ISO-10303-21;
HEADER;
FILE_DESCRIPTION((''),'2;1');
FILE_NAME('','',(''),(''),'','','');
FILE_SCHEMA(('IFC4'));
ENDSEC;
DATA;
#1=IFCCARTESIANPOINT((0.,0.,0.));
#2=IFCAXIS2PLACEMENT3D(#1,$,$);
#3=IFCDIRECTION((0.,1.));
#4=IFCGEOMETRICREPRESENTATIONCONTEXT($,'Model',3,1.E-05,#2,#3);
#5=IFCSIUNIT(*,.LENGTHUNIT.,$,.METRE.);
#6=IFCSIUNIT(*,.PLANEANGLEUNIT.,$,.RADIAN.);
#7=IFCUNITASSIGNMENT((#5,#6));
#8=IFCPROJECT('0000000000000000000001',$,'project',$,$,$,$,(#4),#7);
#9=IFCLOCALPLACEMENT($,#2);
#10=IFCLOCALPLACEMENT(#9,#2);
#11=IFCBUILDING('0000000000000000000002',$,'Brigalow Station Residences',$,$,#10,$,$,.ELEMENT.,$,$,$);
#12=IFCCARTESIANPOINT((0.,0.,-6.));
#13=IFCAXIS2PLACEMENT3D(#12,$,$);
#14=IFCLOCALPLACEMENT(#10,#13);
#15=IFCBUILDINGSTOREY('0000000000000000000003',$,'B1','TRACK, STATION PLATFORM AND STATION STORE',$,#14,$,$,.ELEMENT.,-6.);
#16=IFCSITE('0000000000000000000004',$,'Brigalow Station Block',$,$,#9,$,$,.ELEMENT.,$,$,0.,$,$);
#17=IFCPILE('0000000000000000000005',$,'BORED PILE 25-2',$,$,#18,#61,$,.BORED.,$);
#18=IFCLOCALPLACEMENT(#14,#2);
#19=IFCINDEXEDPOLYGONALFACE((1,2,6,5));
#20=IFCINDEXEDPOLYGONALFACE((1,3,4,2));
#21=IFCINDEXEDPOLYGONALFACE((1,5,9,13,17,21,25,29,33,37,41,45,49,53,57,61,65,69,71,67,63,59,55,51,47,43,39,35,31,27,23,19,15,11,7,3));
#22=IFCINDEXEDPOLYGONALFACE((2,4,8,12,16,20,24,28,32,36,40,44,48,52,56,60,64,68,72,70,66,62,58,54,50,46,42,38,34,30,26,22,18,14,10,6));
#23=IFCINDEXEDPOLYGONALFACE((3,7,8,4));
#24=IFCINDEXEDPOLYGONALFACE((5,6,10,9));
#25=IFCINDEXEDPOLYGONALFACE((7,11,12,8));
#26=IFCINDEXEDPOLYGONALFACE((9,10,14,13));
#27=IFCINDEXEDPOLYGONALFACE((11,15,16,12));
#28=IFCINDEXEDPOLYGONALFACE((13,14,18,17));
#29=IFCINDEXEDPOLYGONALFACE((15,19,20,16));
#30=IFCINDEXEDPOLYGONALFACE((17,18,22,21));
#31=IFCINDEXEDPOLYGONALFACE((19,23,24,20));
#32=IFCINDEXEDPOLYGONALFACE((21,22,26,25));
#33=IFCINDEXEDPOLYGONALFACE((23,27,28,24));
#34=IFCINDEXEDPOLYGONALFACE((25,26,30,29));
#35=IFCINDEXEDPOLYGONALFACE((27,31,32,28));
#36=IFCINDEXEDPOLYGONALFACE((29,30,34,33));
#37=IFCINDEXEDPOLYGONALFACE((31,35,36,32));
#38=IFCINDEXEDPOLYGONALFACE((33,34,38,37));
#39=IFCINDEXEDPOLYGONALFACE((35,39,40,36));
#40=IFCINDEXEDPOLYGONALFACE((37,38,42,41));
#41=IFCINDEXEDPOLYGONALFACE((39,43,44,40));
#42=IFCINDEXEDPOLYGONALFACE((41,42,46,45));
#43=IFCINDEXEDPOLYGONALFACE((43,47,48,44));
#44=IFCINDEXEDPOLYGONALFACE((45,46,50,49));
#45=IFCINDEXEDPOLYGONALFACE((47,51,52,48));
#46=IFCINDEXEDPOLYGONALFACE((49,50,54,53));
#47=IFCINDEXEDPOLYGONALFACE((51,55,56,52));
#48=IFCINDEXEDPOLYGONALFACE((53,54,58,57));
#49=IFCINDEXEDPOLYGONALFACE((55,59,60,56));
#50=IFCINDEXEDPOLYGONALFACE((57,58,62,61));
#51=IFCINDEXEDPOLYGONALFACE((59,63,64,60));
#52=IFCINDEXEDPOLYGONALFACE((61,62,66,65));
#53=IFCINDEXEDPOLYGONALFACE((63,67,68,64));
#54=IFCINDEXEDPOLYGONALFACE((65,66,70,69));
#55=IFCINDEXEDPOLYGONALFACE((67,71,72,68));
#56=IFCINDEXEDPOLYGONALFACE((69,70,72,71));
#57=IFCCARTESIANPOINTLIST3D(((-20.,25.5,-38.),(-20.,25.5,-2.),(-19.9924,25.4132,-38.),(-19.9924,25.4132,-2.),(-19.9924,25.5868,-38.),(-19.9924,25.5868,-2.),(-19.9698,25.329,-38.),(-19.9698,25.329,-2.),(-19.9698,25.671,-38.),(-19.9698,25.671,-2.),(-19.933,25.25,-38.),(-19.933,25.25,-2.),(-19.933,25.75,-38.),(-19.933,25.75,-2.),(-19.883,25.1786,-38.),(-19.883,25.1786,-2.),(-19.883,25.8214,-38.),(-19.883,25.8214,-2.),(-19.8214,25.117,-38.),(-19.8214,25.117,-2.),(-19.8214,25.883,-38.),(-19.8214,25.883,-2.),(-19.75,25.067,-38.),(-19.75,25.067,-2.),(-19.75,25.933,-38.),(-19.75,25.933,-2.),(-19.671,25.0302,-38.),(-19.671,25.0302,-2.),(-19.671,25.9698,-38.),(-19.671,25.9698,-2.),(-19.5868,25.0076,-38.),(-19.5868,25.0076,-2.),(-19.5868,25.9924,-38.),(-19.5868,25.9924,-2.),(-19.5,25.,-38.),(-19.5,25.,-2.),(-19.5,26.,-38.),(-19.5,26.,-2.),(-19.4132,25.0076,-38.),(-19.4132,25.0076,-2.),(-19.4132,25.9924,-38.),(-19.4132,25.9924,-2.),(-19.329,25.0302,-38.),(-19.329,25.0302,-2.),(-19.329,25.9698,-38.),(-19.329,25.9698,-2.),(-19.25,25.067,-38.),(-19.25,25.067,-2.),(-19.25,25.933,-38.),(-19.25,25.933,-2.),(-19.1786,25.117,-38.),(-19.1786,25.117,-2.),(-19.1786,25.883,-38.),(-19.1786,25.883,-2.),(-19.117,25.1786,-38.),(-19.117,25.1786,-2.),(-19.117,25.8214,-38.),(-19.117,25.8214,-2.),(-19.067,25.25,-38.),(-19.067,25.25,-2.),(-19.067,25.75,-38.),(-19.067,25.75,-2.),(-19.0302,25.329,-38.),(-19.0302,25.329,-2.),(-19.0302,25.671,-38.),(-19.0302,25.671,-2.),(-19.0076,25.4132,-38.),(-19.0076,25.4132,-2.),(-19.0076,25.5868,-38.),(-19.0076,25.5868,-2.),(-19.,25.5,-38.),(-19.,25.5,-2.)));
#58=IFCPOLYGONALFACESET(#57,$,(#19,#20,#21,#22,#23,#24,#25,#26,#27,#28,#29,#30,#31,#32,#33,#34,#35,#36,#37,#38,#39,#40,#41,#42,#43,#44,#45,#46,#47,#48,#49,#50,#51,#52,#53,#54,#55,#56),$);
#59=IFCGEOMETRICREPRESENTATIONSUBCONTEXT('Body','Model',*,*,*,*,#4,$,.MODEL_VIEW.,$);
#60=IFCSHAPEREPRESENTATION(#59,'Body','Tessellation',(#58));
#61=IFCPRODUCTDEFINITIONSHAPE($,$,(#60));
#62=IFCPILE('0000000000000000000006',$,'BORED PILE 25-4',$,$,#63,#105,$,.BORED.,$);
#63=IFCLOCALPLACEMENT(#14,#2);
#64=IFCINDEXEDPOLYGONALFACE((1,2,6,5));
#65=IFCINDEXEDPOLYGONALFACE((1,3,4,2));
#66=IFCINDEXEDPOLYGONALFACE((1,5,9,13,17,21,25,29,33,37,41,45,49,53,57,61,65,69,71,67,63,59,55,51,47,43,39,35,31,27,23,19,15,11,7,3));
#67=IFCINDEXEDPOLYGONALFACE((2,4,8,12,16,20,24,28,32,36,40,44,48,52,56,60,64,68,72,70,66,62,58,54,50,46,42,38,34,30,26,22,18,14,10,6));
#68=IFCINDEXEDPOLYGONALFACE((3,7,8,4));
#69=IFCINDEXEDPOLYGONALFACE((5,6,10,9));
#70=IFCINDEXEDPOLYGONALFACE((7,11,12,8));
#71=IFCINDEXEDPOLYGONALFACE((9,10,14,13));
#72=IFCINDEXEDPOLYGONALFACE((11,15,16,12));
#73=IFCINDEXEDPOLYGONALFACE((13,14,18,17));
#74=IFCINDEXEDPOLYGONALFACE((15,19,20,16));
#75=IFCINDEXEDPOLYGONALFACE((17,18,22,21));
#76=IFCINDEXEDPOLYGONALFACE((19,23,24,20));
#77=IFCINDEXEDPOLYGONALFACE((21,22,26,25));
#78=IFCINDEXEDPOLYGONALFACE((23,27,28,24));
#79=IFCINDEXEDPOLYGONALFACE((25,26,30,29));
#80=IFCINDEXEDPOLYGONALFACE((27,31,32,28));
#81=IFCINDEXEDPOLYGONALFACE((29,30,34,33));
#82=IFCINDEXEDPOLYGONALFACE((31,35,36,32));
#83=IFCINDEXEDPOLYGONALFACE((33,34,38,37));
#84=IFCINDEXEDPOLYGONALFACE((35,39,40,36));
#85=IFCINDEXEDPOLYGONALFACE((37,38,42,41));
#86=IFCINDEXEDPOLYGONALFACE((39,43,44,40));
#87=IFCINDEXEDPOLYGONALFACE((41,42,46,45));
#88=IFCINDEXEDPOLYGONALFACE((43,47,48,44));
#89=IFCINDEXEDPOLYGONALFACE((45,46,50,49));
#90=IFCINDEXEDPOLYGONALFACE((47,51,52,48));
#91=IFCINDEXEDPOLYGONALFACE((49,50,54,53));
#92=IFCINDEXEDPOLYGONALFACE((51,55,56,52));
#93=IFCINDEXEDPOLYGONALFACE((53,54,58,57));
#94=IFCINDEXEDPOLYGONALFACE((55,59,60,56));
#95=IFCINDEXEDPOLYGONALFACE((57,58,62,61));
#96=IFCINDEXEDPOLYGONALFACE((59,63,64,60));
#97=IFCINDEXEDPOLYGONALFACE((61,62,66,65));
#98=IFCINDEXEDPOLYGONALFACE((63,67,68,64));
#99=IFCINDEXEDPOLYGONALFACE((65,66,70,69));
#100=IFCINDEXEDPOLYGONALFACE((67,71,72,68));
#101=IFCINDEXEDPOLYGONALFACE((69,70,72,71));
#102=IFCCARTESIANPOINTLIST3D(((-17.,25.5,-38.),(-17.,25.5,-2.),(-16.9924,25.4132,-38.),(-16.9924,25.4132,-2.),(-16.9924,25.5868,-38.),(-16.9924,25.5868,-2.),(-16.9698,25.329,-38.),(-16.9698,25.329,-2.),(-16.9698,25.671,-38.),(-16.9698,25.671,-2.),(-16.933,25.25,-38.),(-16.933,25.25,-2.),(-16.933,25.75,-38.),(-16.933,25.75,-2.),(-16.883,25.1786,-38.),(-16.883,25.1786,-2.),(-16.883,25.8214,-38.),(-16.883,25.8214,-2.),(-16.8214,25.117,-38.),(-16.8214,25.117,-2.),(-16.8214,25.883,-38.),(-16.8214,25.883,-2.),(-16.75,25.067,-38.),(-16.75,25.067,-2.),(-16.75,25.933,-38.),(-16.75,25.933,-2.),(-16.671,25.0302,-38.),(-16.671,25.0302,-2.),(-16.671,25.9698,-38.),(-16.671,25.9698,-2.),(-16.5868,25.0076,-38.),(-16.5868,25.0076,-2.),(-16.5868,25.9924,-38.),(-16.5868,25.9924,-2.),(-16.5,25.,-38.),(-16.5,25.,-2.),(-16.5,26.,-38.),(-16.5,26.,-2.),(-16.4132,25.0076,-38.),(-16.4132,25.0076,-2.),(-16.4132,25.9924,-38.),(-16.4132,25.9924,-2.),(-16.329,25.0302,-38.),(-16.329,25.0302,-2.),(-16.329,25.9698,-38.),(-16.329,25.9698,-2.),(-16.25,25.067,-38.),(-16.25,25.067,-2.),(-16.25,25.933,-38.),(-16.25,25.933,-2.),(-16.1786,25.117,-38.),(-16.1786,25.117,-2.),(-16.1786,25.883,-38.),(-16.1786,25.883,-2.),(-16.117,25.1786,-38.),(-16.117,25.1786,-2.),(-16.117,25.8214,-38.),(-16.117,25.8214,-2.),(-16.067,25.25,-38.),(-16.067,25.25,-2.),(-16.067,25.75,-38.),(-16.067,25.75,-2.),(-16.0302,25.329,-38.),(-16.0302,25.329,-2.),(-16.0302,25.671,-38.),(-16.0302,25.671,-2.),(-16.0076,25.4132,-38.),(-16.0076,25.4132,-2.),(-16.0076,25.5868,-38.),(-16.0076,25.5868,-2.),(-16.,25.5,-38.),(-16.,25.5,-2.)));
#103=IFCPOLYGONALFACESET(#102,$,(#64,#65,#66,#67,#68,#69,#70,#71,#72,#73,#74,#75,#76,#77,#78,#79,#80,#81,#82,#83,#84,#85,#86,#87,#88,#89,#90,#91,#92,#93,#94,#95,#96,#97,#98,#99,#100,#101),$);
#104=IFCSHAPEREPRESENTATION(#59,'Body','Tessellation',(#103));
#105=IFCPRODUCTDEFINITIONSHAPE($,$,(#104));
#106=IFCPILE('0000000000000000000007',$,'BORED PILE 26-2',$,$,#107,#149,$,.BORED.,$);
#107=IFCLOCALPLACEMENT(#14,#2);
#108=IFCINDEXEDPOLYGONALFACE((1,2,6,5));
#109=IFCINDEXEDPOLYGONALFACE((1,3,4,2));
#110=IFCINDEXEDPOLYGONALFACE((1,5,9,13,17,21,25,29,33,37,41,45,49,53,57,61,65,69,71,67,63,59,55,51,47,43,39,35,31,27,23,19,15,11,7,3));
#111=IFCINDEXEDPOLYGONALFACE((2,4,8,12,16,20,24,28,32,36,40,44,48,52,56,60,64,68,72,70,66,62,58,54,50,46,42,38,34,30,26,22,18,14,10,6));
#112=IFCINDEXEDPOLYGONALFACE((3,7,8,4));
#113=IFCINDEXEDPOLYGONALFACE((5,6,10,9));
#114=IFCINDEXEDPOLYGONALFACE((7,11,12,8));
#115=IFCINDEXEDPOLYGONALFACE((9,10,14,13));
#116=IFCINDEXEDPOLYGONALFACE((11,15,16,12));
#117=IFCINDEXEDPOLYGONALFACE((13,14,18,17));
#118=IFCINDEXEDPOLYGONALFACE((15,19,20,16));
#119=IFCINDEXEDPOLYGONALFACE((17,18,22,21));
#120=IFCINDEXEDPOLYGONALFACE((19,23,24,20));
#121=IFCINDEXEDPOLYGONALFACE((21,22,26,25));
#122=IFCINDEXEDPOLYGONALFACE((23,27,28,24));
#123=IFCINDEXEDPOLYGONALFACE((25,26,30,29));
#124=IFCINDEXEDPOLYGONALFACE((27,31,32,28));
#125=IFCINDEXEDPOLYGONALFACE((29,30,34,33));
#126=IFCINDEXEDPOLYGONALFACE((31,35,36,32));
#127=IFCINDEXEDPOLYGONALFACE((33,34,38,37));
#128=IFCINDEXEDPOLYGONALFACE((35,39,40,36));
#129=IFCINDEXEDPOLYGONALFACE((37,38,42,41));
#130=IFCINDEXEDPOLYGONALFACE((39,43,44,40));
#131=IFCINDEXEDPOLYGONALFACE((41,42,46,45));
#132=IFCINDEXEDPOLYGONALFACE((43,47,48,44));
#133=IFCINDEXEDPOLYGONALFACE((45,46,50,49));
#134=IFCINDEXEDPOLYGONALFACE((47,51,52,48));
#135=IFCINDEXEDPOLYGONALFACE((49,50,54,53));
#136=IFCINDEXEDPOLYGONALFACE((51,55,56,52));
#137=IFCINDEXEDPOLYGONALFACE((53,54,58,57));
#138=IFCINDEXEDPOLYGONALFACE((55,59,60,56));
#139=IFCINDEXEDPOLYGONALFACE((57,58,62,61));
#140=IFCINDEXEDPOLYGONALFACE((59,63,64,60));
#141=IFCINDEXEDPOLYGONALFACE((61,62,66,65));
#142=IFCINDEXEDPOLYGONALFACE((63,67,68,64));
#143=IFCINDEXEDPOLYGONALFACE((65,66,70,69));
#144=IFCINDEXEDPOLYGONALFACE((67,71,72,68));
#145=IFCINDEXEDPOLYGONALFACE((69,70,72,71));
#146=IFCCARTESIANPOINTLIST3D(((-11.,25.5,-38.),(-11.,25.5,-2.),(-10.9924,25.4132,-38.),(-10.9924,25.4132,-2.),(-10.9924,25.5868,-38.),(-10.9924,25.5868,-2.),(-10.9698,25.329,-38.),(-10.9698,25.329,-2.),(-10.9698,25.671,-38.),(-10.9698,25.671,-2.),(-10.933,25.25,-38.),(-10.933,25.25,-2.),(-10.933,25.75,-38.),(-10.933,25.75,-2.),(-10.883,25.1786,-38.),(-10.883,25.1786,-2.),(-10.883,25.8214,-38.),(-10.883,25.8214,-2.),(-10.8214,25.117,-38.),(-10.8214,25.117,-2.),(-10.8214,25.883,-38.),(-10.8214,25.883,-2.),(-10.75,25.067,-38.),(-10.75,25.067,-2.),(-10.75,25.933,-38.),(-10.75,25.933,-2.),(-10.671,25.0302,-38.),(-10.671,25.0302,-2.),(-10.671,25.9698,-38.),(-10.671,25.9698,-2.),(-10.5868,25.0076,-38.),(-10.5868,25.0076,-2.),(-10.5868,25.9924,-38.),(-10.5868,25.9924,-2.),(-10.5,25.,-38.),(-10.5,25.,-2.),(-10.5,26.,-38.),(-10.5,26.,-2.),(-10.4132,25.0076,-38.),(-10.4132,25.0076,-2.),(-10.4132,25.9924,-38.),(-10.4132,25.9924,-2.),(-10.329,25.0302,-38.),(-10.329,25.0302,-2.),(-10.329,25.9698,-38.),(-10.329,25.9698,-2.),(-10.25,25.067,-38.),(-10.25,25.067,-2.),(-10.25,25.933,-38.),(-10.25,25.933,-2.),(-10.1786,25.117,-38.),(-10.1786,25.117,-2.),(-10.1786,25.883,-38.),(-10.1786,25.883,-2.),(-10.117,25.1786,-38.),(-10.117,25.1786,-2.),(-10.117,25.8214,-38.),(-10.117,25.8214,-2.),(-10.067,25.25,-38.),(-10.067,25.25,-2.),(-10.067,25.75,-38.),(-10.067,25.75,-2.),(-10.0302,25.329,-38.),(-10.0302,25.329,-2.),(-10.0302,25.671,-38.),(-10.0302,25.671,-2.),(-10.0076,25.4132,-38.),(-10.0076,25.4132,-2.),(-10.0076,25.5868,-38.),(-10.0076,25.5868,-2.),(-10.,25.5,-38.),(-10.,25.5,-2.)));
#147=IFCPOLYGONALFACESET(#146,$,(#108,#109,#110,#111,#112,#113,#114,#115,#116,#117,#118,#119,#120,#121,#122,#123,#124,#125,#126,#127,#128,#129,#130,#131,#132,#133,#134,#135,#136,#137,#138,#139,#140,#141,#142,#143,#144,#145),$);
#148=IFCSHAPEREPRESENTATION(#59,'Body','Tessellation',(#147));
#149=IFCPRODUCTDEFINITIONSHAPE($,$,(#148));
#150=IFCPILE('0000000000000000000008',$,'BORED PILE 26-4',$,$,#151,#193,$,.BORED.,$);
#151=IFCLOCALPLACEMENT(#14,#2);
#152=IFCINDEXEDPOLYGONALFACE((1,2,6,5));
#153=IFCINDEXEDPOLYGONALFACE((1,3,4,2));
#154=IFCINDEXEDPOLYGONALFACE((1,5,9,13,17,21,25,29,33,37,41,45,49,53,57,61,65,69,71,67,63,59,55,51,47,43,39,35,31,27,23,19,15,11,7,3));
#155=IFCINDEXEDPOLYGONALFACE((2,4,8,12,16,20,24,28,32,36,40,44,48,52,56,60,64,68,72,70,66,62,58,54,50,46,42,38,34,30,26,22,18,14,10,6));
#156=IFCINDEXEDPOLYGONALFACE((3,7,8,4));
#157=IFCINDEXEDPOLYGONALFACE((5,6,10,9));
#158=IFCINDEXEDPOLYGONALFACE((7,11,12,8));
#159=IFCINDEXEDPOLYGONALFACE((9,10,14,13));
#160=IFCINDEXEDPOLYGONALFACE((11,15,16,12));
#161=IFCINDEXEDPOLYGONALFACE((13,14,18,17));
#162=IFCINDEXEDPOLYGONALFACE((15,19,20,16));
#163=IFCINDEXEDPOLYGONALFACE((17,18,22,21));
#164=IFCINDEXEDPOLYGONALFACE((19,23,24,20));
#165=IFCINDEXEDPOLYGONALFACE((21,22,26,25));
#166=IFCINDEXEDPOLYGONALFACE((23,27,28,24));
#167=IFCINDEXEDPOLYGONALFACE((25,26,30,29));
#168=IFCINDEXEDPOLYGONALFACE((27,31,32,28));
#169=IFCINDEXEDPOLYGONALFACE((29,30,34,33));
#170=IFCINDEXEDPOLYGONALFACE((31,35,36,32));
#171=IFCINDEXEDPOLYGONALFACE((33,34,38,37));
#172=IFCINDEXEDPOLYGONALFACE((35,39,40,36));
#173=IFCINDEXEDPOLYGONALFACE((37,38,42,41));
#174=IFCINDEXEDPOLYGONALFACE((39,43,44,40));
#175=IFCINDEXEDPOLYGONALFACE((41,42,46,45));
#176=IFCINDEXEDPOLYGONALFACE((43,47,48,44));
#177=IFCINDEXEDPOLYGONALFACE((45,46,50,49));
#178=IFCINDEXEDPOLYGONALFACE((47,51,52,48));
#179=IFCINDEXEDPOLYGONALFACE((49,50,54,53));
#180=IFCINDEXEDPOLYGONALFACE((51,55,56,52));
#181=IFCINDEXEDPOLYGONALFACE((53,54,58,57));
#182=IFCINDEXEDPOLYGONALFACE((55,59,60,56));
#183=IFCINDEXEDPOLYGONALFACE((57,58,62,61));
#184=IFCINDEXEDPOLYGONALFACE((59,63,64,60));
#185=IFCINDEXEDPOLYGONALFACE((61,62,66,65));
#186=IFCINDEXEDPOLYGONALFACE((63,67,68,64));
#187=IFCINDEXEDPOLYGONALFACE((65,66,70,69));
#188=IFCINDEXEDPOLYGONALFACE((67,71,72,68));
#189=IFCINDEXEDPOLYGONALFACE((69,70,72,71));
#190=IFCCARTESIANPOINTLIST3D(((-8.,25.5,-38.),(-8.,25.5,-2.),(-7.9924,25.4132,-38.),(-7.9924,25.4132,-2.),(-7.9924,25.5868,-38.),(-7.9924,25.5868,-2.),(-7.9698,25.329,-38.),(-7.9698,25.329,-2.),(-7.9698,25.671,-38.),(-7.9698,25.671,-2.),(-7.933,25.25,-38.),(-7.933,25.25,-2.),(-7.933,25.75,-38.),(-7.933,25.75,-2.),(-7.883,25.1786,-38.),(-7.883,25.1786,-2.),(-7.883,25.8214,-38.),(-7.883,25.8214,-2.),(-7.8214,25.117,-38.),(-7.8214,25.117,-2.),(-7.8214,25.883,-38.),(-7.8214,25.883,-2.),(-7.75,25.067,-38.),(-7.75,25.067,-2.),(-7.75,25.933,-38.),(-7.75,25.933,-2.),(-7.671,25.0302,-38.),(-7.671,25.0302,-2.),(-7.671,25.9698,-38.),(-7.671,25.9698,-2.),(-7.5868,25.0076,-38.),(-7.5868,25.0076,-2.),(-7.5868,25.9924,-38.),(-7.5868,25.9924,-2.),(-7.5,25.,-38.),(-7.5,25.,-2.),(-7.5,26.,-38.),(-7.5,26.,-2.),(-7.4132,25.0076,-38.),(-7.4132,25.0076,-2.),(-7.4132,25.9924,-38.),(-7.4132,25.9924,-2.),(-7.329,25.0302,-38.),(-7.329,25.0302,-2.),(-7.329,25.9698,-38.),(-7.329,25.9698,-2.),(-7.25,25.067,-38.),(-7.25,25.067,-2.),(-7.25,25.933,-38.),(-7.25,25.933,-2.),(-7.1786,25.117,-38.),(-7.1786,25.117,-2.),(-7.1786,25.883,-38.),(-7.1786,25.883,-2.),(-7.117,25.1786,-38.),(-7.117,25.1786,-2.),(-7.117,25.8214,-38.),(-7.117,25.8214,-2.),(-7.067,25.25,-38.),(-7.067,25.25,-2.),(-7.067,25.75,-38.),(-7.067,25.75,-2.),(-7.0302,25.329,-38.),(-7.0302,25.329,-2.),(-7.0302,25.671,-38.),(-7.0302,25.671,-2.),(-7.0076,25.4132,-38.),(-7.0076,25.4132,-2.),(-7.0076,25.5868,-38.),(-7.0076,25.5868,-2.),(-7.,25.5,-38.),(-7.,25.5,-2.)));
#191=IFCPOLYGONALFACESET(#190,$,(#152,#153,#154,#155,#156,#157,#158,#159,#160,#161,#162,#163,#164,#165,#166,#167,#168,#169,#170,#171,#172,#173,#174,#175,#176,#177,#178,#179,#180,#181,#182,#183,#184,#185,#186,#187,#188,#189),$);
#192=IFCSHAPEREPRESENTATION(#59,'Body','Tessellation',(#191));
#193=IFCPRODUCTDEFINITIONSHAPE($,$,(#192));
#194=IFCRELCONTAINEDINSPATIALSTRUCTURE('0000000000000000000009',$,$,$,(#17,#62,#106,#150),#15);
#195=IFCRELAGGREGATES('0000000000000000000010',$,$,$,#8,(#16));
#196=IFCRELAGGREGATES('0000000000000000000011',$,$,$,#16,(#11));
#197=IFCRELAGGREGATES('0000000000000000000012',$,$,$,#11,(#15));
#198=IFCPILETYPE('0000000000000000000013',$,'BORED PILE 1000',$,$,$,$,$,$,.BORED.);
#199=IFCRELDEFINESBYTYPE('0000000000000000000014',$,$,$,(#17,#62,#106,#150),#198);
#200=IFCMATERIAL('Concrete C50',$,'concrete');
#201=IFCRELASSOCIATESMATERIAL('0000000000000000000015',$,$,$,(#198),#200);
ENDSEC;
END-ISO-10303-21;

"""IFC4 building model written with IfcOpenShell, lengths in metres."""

from ifc_helpers import new_model, si_unit, direction, frame, origin, origin_2d, place, context, subcontext, project, spatial, circle, extrude, material, material_profile, profile_set, type_object, element, save


model = new_model("IFC4")

# Units and contexts
model_context = context("Model", 3, precision=1e-05, world=origin(), true_north=direction((0.0, 1.0)))
body_context = subcontext(model_context, "Body", "Model", "MODEL_VIEW")
ifc_project = project(units=[si_unit("LENGTHUNIT", "METRE"), si_unit("PLANEANGLEUNIT", "RADIAN")], contexts=[model_context])

# Site, building, storey
site_placement = place(None, origin())
site = spatial("IfcSite", under=ifc_project, at=site_placement, Name="Brigalow Station Block", CompositionType="ELEMENT", RefElevation=0.0)
building_placement = place(site_placement, origin())
building = spatial("IfcBuilding", under=site, at=building_placement, Name="Brigalow Station Residences", CompositionType="ELEMENT")
storey_placement = place(building_placement, frame((0.0, 0.0, -6.0)))
storey = spatial("IfcBuildingStorey", under=building, at=storey_placement, Name="B1", Description="TRACK, STATION PLATFORM AND STATION STORE", CompositionType="ELEMENT", Elevation=-6.0)

# Piles
ifc_material_1 = material(Name="Concrete C50", Category="concrete")
ifc_material_profile_1 = material_profile(ifc_material_1, circle(Radius=0.5, at=origin_2d()), Name="BP1000")
ifc_profile_set_1 = profile_set([ifc_material_profile_1], Name="Concrete C50")
pile_type_1 = type_object("IfcPileType", Name="BORED PILE 1000", PredefinedType="BORED", material=ifc_profile_set_1)
for number, where, z_axis, x_axis, name in (
    (1, (-19.5, 25.5, -2.0), (0.0, 0.0, -1.0), (1.0, 0.0, 0.0), "BORED PILE 25-2"),
    (2, (-16.5, 25.5, -2.0), (0.0, 0.0, -1.0), (1.0, 0.0, 0.0), "BORED PILE 25-4"),
    (3, (-10.5, 25.5, -2.0), (0.0, 0.0, -1.0), (1.0, 0.0, 0.0), "BORED PILE 26-2"),
    (4, (-7.5, 25.5, -2.0), (0.0, 0.0, -1.0), (1.0, 0.0, 0.0), "BORED PILE 26-4"),
):
    element("IfcPile", number, at=place(storey_placement, frame(where, z_axis=z_axis, x_axis=x_axis)), inside=storey, type_object=pile_type_1, Name=name, PredefinedType="BORED", context=body_context, shape_type="SweptSolid", body=[
        extrude(circle(Radius=0.5, at=origin_2d()), origin(), (0.0, 0.0, 1.0), 36.0),
    ])

save(model, "model.ifc")
